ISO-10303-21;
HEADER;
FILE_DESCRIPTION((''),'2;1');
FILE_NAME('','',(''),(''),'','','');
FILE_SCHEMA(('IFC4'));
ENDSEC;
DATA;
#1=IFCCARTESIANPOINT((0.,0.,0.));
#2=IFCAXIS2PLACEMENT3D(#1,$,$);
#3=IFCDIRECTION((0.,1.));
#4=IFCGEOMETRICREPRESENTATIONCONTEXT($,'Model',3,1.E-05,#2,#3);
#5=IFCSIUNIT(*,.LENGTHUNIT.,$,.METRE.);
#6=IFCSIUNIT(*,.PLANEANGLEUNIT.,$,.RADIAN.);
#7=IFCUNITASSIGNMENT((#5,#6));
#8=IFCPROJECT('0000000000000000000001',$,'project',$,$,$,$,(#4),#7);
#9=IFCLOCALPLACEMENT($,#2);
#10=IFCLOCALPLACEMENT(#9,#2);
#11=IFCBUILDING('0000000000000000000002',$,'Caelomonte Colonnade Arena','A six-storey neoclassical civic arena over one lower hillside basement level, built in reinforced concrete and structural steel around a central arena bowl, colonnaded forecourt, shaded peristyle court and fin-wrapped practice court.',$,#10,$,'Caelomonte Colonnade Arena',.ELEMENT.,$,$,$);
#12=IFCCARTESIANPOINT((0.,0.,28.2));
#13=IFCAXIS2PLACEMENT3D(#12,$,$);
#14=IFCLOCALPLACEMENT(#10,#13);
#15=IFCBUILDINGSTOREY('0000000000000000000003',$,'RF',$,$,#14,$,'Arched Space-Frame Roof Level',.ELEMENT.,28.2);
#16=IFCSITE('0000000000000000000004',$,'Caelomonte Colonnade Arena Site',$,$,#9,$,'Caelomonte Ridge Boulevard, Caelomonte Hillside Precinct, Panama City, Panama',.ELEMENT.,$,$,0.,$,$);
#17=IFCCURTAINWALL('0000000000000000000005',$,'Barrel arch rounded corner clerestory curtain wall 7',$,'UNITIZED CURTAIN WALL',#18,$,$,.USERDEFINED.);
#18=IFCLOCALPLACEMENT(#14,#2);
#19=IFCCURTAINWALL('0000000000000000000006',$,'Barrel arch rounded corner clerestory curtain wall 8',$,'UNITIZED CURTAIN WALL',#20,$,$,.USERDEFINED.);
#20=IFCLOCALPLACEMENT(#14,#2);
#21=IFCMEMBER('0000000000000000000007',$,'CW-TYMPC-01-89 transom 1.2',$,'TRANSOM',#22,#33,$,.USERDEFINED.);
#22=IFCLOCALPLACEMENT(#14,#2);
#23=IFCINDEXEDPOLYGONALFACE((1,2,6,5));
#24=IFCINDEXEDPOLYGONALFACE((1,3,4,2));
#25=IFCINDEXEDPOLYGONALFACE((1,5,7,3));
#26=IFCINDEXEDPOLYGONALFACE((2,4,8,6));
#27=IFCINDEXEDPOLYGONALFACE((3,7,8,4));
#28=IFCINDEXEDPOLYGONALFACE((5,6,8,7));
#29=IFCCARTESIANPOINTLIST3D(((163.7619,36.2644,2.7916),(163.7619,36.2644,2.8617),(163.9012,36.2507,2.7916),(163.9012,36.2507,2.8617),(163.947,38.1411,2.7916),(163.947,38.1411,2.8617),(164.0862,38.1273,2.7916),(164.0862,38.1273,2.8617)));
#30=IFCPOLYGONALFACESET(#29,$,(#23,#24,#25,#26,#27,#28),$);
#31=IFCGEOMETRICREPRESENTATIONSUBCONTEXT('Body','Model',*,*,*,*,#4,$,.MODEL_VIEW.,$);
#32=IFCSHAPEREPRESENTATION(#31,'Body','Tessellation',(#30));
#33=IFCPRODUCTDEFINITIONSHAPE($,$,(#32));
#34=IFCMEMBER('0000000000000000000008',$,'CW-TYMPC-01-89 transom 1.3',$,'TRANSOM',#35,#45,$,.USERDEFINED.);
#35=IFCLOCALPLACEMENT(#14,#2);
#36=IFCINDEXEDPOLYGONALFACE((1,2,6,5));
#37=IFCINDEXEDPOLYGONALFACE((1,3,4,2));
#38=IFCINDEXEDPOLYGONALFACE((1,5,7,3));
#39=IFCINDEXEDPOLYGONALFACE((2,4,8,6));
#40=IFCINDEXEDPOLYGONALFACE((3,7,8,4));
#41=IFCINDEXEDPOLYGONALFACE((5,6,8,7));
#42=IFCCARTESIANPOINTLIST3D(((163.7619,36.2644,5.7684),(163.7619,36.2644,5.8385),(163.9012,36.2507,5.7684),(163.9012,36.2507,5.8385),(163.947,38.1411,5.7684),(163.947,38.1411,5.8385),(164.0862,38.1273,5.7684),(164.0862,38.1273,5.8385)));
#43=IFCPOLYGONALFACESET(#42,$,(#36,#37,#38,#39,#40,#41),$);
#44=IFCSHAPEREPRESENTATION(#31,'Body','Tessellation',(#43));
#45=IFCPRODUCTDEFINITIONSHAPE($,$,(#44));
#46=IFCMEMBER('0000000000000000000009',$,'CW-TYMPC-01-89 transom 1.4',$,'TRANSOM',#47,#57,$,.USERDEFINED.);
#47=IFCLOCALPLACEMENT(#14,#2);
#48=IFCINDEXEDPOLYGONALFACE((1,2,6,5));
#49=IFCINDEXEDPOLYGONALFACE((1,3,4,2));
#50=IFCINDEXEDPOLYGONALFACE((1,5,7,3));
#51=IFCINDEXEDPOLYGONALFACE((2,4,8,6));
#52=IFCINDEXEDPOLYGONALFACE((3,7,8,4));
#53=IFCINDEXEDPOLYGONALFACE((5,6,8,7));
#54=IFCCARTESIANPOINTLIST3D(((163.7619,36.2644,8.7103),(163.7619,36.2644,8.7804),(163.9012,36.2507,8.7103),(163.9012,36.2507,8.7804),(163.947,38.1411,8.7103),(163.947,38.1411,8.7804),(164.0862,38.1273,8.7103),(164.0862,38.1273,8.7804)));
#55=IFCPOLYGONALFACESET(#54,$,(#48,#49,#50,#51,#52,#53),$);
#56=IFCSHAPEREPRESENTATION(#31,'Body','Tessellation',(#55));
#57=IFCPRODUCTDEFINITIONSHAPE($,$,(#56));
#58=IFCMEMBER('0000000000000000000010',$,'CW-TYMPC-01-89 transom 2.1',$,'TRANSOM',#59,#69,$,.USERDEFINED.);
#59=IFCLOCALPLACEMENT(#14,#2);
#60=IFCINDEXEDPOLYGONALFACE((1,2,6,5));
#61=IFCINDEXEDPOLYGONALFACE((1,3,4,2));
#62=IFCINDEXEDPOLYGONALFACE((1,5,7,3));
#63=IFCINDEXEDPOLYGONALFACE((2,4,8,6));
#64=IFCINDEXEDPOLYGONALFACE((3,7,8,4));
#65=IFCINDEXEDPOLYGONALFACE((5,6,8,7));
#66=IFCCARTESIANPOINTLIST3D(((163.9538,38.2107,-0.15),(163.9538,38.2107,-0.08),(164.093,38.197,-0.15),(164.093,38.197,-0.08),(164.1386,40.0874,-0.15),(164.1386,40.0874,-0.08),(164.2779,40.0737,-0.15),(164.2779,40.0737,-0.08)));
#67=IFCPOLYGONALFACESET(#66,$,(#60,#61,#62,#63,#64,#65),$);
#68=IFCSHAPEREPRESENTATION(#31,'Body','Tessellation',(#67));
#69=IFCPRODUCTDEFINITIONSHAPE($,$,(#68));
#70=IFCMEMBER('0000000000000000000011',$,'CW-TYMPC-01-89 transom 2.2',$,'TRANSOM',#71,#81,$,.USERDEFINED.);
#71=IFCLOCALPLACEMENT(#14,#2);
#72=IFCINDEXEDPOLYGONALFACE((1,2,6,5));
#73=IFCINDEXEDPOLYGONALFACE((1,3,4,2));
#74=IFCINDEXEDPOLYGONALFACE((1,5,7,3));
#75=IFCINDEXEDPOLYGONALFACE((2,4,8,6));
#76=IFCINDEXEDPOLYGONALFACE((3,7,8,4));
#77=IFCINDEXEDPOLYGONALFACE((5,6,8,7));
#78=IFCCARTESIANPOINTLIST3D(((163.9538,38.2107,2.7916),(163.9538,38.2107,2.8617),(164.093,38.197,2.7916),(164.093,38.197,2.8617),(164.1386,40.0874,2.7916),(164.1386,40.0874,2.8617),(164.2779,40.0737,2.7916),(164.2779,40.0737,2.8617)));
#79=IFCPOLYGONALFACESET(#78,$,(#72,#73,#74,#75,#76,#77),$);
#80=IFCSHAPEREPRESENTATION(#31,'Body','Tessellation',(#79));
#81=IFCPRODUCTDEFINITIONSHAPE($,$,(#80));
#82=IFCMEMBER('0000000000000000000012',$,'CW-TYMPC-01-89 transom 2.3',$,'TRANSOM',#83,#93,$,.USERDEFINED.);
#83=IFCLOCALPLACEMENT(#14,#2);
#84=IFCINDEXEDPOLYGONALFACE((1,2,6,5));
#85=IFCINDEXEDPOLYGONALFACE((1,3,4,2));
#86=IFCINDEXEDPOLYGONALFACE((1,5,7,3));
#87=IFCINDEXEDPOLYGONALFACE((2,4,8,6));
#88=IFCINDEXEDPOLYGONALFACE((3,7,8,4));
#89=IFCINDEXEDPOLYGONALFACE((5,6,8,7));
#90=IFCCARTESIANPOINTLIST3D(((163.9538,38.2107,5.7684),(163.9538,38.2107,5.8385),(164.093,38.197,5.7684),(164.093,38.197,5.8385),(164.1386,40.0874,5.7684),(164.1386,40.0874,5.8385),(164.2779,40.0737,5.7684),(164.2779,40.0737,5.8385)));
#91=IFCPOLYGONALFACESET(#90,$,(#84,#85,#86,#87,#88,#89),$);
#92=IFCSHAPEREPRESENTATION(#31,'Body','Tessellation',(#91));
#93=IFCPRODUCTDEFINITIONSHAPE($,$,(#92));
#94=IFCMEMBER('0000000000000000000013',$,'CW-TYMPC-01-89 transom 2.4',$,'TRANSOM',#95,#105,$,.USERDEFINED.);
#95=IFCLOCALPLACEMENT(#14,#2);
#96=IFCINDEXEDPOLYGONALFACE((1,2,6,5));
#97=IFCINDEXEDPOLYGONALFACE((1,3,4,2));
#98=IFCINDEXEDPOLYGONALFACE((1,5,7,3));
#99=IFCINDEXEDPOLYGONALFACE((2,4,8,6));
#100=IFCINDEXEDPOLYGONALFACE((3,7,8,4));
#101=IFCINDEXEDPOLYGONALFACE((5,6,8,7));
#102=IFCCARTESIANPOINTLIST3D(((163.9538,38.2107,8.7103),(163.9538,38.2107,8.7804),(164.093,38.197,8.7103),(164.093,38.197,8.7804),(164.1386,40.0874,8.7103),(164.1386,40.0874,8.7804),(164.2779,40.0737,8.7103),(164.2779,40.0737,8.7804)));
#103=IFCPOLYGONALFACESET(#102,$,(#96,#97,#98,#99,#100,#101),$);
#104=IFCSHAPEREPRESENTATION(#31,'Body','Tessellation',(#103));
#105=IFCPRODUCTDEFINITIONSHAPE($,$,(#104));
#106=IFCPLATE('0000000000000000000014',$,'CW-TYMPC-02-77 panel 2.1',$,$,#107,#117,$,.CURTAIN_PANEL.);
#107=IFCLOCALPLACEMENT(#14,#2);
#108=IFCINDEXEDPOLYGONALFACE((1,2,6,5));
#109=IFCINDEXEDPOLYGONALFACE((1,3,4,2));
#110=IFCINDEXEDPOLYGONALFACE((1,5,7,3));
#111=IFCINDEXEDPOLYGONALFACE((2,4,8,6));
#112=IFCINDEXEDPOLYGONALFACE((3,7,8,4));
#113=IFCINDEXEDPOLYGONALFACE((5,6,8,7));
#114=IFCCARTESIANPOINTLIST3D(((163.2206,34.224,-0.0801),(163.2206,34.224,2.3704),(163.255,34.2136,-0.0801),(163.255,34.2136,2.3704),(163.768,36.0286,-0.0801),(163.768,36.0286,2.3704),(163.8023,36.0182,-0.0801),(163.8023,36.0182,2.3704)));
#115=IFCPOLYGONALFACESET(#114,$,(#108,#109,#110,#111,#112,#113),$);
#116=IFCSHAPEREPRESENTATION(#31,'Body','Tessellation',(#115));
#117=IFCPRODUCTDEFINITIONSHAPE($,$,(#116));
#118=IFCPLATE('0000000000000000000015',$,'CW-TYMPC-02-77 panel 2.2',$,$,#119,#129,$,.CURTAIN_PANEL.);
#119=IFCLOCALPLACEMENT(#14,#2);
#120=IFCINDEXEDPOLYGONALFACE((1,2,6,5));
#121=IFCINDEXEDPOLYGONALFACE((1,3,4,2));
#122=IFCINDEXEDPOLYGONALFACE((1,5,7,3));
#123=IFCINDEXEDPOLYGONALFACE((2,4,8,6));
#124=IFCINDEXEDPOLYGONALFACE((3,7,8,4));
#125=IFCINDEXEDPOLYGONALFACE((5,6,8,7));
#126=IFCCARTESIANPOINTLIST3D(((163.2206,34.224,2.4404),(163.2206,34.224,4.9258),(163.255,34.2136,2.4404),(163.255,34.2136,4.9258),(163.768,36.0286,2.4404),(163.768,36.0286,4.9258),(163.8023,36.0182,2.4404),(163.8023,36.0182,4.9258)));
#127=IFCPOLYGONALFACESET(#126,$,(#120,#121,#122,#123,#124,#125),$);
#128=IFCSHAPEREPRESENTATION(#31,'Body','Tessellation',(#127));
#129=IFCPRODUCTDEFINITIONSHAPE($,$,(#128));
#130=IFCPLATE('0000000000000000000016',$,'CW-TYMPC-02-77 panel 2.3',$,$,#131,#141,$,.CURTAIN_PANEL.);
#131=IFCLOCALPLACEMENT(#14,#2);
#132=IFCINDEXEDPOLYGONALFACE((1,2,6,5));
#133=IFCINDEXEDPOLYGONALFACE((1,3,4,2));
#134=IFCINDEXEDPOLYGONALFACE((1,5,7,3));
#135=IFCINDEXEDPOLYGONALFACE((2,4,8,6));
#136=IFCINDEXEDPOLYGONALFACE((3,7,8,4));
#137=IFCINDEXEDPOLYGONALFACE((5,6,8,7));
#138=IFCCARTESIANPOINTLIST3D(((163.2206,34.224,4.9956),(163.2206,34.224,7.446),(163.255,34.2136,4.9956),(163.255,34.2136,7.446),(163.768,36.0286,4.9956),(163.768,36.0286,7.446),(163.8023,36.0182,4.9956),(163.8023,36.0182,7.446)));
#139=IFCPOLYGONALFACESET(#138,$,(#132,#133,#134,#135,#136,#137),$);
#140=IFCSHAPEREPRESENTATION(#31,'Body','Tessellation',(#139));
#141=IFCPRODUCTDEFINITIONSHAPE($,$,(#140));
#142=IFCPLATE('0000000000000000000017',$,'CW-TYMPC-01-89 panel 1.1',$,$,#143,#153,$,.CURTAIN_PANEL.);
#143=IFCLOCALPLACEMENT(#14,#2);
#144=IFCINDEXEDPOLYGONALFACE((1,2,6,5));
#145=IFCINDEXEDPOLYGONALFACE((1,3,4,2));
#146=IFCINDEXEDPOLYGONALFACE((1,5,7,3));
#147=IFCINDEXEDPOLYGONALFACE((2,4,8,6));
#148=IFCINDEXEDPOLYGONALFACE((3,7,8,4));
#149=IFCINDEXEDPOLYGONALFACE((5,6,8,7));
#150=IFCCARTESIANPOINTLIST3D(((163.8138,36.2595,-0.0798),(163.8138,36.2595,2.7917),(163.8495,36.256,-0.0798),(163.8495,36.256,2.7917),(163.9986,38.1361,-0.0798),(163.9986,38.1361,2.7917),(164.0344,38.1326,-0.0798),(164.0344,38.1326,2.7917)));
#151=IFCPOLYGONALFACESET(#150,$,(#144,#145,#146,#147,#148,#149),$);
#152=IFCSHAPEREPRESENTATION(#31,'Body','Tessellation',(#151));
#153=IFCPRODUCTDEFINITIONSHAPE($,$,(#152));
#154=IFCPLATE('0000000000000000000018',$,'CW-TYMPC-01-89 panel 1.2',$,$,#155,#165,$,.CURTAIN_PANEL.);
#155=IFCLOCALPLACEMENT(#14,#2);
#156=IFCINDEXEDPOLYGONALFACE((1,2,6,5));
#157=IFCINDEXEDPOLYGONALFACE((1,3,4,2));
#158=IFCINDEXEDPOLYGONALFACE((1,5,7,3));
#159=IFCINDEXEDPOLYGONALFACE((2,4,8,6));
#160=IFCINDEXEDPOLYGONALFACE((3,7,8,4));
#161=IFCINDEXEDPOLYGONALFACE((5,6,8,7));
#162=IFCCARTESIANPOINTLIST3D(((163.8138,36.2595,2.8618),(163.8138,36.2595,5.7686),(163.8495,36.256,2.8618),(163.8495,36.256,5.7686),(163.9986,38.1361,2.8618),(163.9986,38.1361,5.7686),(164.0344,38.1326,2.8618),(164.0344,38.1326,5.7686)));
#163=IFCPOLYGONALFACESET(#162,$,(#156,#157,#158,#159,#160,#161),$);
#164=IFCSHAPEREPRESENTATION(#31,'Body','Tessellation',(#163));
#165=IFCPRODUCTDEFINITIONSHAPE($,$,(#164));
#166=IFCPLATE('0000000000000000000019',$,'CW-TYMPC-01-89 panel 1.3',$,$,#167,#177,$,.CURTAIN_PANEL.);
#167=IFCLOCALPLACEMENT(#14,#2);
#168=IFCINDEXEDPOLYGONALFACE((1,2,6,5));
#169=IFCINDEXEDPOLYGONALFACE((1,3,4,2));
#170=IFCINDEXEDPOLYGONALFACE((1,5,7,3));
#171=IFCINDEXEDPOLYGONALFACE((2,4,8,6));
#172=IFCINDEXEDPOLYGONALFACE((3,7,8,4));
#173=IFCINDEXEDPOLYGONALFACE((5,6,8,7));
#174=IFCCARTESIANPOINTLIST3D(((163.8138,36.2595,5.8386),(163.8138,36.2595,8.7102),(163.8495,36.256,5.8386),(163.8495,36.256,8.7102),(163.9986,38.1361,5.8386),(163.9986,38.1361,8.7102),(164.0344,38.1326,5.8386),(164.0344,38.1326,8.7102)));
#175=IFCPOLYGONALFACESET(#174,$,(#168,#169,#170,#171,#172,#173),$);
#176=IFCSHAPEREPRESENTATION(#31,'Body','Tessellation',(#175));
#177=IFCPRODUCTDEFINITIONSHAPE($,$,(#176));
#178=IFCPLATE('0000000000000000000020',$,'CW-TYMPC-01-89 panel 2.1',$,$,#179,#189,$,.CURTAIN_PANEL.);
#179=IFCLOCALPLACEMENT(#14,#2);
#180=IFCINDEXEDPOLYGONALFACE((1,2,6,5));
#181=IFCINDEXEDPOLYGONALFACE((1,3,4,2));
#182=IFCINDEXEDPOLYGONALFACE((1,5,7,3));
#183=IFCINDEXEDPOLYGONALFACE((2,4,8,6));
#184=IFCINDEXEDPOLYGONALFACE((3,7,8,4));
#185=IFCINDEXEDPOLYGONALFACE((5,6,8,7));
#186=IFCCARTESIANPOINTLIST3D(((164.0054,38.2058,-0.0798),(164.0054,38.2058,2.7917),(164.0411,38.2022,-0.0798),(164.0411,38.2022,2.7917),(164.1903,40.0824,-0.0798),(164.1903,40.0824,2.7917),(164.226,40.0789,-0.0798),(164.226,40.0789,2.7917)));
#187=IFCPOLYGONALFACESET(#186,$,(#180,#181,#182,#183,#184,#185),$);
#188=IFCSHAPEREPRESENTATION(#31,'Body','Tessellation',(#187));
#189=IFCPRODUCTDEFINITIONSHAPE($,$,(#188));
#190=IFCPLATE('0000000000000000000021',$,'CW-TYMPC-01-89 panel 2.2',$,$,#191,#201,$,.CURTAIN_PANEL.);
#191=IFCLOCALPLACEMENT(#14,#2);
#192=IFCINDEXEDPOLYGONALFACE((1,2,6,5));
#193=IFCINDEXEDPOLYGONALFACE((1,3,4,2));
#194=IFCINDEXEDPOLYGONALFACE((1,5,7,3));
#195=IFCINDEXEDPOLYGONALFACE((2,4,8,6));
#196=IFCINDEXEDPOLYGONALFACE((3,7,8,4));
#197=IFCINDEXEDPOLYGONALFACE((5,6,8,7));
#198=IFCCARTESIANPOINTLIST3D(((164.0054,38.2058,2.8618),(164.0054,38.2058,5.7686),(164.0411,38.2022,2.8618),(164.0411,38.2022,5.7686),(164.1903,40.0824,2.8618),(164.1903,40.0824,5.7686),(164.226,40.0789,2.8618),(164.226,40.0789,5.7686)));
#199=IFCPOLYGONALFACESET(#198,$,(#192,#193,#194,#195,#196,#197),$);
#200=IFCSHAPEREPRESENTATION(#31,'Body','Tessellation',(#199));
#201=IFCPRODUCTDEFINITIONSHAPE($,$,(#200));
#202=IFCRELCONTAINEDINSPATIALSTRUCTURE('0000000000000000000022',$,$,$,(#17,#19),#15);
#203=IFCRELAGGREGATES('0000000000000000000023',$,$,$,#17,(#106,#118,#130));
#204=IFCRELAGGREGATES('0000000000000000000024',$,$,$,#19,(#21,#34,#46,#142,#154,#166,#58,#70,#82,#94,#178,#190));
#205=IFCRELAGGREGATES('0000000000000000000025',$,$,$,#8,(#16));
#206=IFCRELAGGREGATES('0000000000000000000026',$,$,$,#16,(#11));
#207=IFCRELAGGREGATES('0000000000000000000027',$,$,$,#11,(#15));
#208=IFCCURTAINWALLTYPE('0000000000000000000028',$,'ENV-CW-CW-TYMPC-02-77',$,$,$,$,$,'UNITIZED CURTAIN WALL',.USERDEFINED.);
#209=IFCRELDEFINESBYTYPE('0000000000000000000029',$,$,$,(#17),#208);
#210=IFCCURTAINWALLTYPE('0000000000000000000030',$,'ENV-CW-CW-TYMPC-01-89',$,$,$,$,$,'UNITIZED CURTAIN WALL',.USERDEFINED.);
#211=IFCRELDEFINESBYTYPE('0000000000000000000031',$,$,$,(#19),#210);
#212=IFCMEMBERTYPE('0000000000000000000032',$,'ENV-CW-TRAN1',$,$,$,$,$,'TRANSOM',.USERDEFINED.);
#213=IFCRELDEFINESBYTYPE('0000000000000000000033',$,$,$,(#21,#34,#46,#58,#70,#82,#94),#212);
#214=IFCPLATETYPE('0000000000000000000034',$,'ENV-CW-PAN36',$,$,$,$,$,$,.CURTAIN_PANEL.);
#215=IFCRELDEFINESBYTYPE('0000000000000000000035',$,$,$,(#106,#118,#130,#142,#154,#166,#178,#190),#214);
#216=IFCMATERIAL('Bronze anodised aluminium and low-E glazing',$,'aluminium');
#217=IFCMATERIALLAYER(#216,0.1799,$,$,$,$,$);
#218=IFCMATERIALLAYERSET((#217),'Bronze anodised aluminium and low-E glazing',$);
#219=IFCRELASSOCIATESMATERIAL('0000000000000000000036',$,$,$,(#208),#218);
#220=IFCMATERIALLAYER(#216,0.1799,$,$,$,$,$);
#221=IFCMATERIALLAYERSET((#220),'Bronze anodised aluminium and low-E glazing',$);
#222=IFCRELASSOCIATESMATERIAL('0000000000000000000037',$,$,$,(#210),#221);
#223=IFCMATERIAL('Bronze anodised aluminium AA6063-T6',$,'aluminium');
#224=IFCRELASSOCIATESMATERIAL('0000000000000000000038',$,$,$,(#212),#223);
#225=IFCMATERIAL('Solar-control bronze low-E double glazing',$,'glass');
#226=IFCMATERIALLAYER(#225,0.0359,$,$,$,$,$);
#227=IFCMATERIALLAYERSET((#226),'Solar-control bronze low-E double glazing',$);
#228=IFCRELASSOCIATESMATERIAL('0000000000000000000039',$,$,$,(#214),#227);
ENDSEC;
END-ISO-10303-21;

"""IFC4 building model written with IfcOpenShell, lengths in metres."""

from ifc_helpers import new_model, si_unit, direction, frame, origin, origin_2d, place, context, subcontext, project, spatial, rectangle, extrude, material, layer, layer_set, material_profile, profile_set, type_object, element, aggregate, save


model = new_model("IFC4")

# Units and contexts
model_context = context("Model", 3, precision=1e-05, world=origin(), true_north=direction((0.0, 1.0)))
body_context = subcontext(model_context, "Body", "Model", "MODEL_VIEW")
ifc_project = project(units=[si_unit("LENGTHUNIT", "METRE"), si_unit("PLANEANGLEUNIT", "RADIAN")], contexts=[model_context])

# Site, building, storey
site_placement = place(None, origin())
site = spatial("IfcSite", under=ifc_project, at=site_placement, Name="Caelomonte Colonnade Arena Site", LongName="Caelomonte Ridge Boulevard, Caelomonte Hillside Precinct, Panama City, Panama", CompositionType="ELEMENT", RefElevation=0.0)
building_placement = place(site_placement, origin())
building = spatial("IfcBuilding", under=site, at=building_placement, Name="Caelomonte Colonnade Arena", Description="A six-storey neoclassical civic arena over one lower hillside basement level, built in reinforced concrete and structural steel around a central arena bowl, colonnaded forecourt, shaded peristyle court and fin-wrapped practice court.", LongName="Caelomonte Colonnade Arena", CompositionType="ELEMENT")
storey_placement = place(building_placement, frame((0.0, 0.0, 28.2)))
storey = spatial("IfcBuildingStorey", under=building, at=storey_placement, Name="RF", LongName="Arched Space-Frame Roof Level", CompositionType="ELEMENT", Elevation=28.2)

# Shared definitions
ifc_material_1 = material(Name="Bronze anodised aluminium and low-E glazing", Category="aluminium")
ifc_material_2 = material(Name="Bronze anodised aluminium AA6063-T6", Category="aluminium")

# Curtain walls
ifc_layer_1 = layer(ifc_material_1, 0.1799)
ifc_layer_set_1 = layer_set([ifc_layer_1], Name="Bronze anodised aluminium and low-E glazing")
curtain_wall_type_1 = type_object("IfcCurtainWallType", Name="ENV-CW-CW-TYMPC-02-77", ElementType="UNITIZED CURTAIN WALL", PredefinedType="USERDEFINED", material=ifc_layer_set_1)
curtain_wall_1_placement = place(storey_placement, origin())
curtain_wall_1 = element("IfcCurtainWall", 1, at=curtain_wall_1_placement, inside=storey, type_object=curtain_wall_type_1, Name="Barrel arch rounded corner clerestory curtain wall 7", ObjectType="UNITIZED CURTAIN WALL", PredefinedType="USERDEFINED")
ifc_layer_2 = layer(ifc_material_1, 0.1799)
ifc_layer_set_2 = layer_set([ifc_layer_2], Name="Bronze anodised aluminium and low-E glazing")
curtain_wall_type_2 = type_object("IfcCurtainWallType", Name="ENV-CW-CW-TYMPC-01-89", ElementType="UNITIZED CURTAIN WALL", PredefinedType="USERDEFINED", material=ifc_layer_set_2)
curtain_wall_2_placement = place(storey_placement, origin())
curtain_wall_2 = element("IfcCurtainWall", 2, at=curtain_wall_2_placement, inside=storey, type_object=curtain_wall_type_2, Name="Barrel arch rounded corner clerestory curtain wall 8", ObjectType="UNITIZED CURTAIN WALL", PredefinedType="USERDEFINED")

# Members
ifc_material_profile_1 = material_profile(ifc_material_2, rectangle(XDim=0.0701, YDim=0.1399, at=origin_2d()), Name="CWT-70X140")
ifc_profile_set_1 = profile_set([ifc_material_profile_1], Name="Bronze anodised aluminium AA6063-T6")
member_type_1 = type_object("IfcMemberType", Name="ENV-CW-TRAN1", ElementType="TRANSOM", PredefinedType="USERDEFINED", material=ifc_profile_set_1)
member_1_placement = place(storey_placement, frame((163.8315, 36.2576, 2.8267), z_axis=(0.098132, 0.995173, 0.0), x_axis=(0.0, 0.0, 1.0)))
member_1 = element("IfcMember", 3, at=member_1_placement, type_object=member_type_1, Name="CW-TYMPC-01-89 transom 1.2", ObjectType="TRANSOM", PredefinedType="USERDEFINED", context=body_context, shape_type="SweptSolid", body=[
    extrude(rectangle(XDim=0.0701, YDim=0.1399, at=origin_2d()), origin(), (0.0, 0.0, 1.0), 1.8857),
])
member_2_placement = place(storey_placement, frame((163.8315, 36.2576, 5.8035), z_axis=(0.098132, 0.995173, 0.0), x_axis=(0.0, 0.0, 1.0)))
member_2 = element("IfcMember", 4, at=member_2_placement, type_object=member_type_1, Name="CW-TYMPC-01-89 transom 1.3", ObjectType="TRANSOM", PredefinedType="USERDEFINED", context=body_context, shape_type="SweptSolid", body=[
    extrude(rectangle(XDim=0.0701, YDim=0.1399, at=origin_2d()), origin(), (0.0, 0.0, 1.0), 1.8857),
])
member_3_placement = place(storey_placement, frame((163.8315, 36.2576, 8.7454), z_axis=(0.098132, 0.995173, 0.0), x_axis=(0.0, 0.0, 1.0)))
member_3 = element("IfcMember", 5, at=member_3_placement, type_object=member_type_1, Name="CW-TYMPC-01-89 transom 1.4", ObjectType="TRANSOM", PredefinedType="USERDEFINED", context=body_context, shape_type="SweptSolid", body=[
    extrude(rectangle(XDim=0.0701, YDim=0.1399, at=origin_2d()), origin(), (0.0, 0.0, 1.0), 1.8857),
])
member_4_placement = place(storey_placement, frame((164.0234, 38.2039, -0.115), z_axis=(0.098004, 0.995186, 0.0), x_axis=(0.0, 0.0, 1.0)))
member_4 = element("IfcMember", 6, at=member_4_placement, type_object=member_type_1, Name="CW-TYMPC-01-89 transom 2.1", ObjectType="TRANSOM", PredefinedType="USERDEFINED", context=body_context, shape_type="SweptSolid", body=[
    extrude(rectangle(XDim=0.0701, YDim=0.1399, at=origin_2d()), origin(), (0.0, 0.0, 1.0), 1.8857),
])
member_5_placement = place(storey_placement, frame((164.0234, 38.2039, 2.8267), z_axis=(0.098004, 0.995186, 0.0), x_axis=(0.0, 0.0, 1.0)))
member_5 = element("IfcMember", 7, at=member_5_placement, type_object=member_type_1, Name="CW-TYMPC-01-89 transom 2.2", ObjectType="TRANSOM", PredefinedType="USERDEFINED", context=body_context, shape_type="SweptSolid", body=[
    extrude(rectangle(XDim=0.0701, YDim=0.1399, at=origin_2d()), origin(), (0.0, 0.0, 1.0), 1.8857),
])
member_6_placement = place(storey_placement, frame((164.0234, 38.2039, 5.8035), z_axis=(0.098004, 0.995186, 0.0), x_axis=(0.0, 0.0, 1.0)))
member_6 = element("IfcMember", 8, at=member_6_placement, type_object=member_type_1, Name="CW-TYMPC-01-89 transom 2.3", ObjectType="TRANSOM", PredefinedType="USERDEFINED", context=body_context, shape_type="SweptSolid", body=[
    extrude(rectangle(XDim=0.0701, YDim=0.1399, at=origin_2d()), origin(), (0.0, 0.0, 1.0), 1.8857),
])
member_7_placement = place(storey_placement, frame((164.0234, 38.2039, 8.7454), z_axis=(0.098004, 0.995186, 0.0), x_axis=(0.0, 0.0, 1.0)))
member_7 = element("IfcMember", 9, at=member_7_placement, type_object=member_type_1, Name="CW-TYMPC-01-89 transom 2.4", ObjectType="TRANSOM", PredefinedType="USERDEFINED", context=body_context, shape_type="SweptSolid", body=[
    extrude(rectangle(XDim=0.0701, YDim=0.1399, at=origin_2d()), origin(), (0.0, 0.0, 1.0), 1.8857),
])

# Plates
ifc_material_3 = material(Name="Solar-control bronze low-E double glazing", Category="glass")
ifc_layer_3 = layer(ifc_material_3, 0.0359)
ifc_layer_set_3 = layer_set([ifc_layer_3], Name="Solar-control bronze low-E double glazing")
plate_type = type_object("IfcPlateType", Name="ENV-CW-PAN36", PredefinedType="CURTAIN_PANEL", material=ifc_layer_set_3)
plate_1_placement = place(storey_placement, frame((163.5115, 35.1211, -0.0801), z_axis=(0.0, 0.0, 1.0), x_axis=(0.290266, 0.956946, 0.0)))
plate_1 = element("IfcPlate", 10, at=plate_1_placement, type_object=plate_type, Name="CW-TYMPC-02-77 panel 2.1", PredefinedType="CURTAIN_PANEL", context=body_context, shape_type="SweptSolid", body=[
    extrude(rectangle(XDim=1.8857, YDim=0.0359, at=origin_2d()), origin(), (0.0, 0.0, 1.0), 2.4504),
])
plate_2_placement = place(storey_placement, frame((163.5115, 35.1211, 2.4404), z_axis=(0.0, 0.0, 1.0), x_axis=(0.290266, 0.956946, 0.0)))
plate_2 = element("IfcPlate", 11, at=plate_2_placement, type_object=plate_type, Name="CW-TYMPC-02-77 panel 2.2", PredefinedType="CURTAIN_PANEL", context=body_context, shape_type="SweptSolid", body=[
    extrude(rectangle(XDim=1.8857, YDim=0.0359, at=origin_2d()), origin(), (0.0, 0.0, 1.0), 2.4854),
])
plate_3_placement = place(storey_placement, frame((163.5115, 35.1211, 4.9956), z_axis=(0.0, 0.0, 1.0), x_axis=(0.290266, 0.956946, 0.0)))
plate_3 = element("IfcPlate", 12, at=plate_3_placement, type_object=plate_type, Name="CW-TYMPC-02-77 panel 2.3", PredefinedType="CURTAIN_PANEL", context=body_context, shape_type="SweptSolid", body=[
    extrude(rectangle(XDim=1.8857, YDim=0.0359, at=origin_2d()), origin(), (0.0, 0.0, 1.0), 2.4504),
])
aggregate(curtain_wall_1, [plate_1, plate_2, plate_3])
plate_4_placement = place(storey_placement, frame((163.9241, 37.196, -0.0798), z_axis=(0.0, 0.0, 1.0), x_axis=(0.098031, 0.995183, 0.0)))
plate_4 = element("IfcPlate", 13, at=plate_4_placement, type_object=plate_type, Name="CW-TYMPC-01-89 panel 1.1", PredefinedType="CURTAIN_PANEL", context=body_context, shape_type="SweptSolid", body=[
    extrude(rectangle(XDim=1.8857, YDim=0.0359, at=origin_2d()), origin(), (0.0, 0.0, 1.0), 2.8716),
])
plate_5_placement = place(storey_placement, frame((163.9241, 37.196, 2.8618), z_axis=(0.0, 0.0, 1.0), x_axis=(0.098031, 0.995183, 0.0)))
plate_5 = element("IfcPlate", 14, at=plate_5_placement, type_object=plate_type, Name="CW-TYMPC-01-89 panel 1.2", PredefinedType="CURTAIN_PANEL", context=body_context, shape_type="SweptSolid", body=[
    extrude(rectangle(XDim=1.8857, YDim=0.0359, at=origin_2d()), origin(), (0.0, 0.0, 1.0), 2.9067),
])
plate_6_placement = place(storey_placement, frame((163.9241, 37.196, 5.8386), z_axis=(0.0, 0.0, 1.0), x_axis=(0.098031, 0.995183, 0.0)))
plate_6 = element("IfcPlate", 15, at=plate_6_placement, type_object=plate_type, Name="CW-TYMPC-01-89 panel 1.3", PredefinedType="CURTAIN_PANEL", context=body_context, shape_type="SweptSolid", body=[
    extrude(rectangle(XDim=1.8857, YDim=0.0359, at=origin_2d()), origin(), (0.0, 0.0, 1.0), 2.8716),
])
plate_7_placement = place(storey_placement, frame((164.1157, 39.1423, -0.0798), z_axis=(0.0, 0.0, 1.0), x_axis=(0.098031, 0.995183, 0.0)))
plate_7 = element("IfcPlate", 16, at=plate_7_placement, type_object=plate_type, Name="CW-TYMPC-01-89 panel 2.1", PredefinedType="CURTAIN_PANEL", context=body_context, shape_type="SweptSolid", body=[
    extrude(rectangle(XDim=1.8857, YDim=0.0359, at=origin_2d()), origin(), (0.0, 0.0, 1.0), 2.8716),
])
plate_8_placement = place(storey_placement, frame((164.1157, 39.1423, 2.8618), z_axis=(0.0, 0.0, 1.0), x_axis=(0.098031, 0.995183, 0.0)))
plate_8 = element("IfcPlate", 17, at=plate_8_placement, type_object=plate_type, Name="CW-TYMPC-01-89 panel 2.2", PredefinedType="CURTAIN_PANEL", context=body_context, shape_type="SweptSolid", body=[
    extrude(rectangle(XDim=1.8857, YDim=0.0359, at=origin_2d()), origin(), (0.0, 0.0, 1.0), 2.9067),
])
aggregate(curtain_wall_2, [member_1, member_2, member_3, plate_4, plate_5, plate_6, member_4, member_5, member_6, member_7, plate_7, plate_8])

save(model, "model.ifc")
